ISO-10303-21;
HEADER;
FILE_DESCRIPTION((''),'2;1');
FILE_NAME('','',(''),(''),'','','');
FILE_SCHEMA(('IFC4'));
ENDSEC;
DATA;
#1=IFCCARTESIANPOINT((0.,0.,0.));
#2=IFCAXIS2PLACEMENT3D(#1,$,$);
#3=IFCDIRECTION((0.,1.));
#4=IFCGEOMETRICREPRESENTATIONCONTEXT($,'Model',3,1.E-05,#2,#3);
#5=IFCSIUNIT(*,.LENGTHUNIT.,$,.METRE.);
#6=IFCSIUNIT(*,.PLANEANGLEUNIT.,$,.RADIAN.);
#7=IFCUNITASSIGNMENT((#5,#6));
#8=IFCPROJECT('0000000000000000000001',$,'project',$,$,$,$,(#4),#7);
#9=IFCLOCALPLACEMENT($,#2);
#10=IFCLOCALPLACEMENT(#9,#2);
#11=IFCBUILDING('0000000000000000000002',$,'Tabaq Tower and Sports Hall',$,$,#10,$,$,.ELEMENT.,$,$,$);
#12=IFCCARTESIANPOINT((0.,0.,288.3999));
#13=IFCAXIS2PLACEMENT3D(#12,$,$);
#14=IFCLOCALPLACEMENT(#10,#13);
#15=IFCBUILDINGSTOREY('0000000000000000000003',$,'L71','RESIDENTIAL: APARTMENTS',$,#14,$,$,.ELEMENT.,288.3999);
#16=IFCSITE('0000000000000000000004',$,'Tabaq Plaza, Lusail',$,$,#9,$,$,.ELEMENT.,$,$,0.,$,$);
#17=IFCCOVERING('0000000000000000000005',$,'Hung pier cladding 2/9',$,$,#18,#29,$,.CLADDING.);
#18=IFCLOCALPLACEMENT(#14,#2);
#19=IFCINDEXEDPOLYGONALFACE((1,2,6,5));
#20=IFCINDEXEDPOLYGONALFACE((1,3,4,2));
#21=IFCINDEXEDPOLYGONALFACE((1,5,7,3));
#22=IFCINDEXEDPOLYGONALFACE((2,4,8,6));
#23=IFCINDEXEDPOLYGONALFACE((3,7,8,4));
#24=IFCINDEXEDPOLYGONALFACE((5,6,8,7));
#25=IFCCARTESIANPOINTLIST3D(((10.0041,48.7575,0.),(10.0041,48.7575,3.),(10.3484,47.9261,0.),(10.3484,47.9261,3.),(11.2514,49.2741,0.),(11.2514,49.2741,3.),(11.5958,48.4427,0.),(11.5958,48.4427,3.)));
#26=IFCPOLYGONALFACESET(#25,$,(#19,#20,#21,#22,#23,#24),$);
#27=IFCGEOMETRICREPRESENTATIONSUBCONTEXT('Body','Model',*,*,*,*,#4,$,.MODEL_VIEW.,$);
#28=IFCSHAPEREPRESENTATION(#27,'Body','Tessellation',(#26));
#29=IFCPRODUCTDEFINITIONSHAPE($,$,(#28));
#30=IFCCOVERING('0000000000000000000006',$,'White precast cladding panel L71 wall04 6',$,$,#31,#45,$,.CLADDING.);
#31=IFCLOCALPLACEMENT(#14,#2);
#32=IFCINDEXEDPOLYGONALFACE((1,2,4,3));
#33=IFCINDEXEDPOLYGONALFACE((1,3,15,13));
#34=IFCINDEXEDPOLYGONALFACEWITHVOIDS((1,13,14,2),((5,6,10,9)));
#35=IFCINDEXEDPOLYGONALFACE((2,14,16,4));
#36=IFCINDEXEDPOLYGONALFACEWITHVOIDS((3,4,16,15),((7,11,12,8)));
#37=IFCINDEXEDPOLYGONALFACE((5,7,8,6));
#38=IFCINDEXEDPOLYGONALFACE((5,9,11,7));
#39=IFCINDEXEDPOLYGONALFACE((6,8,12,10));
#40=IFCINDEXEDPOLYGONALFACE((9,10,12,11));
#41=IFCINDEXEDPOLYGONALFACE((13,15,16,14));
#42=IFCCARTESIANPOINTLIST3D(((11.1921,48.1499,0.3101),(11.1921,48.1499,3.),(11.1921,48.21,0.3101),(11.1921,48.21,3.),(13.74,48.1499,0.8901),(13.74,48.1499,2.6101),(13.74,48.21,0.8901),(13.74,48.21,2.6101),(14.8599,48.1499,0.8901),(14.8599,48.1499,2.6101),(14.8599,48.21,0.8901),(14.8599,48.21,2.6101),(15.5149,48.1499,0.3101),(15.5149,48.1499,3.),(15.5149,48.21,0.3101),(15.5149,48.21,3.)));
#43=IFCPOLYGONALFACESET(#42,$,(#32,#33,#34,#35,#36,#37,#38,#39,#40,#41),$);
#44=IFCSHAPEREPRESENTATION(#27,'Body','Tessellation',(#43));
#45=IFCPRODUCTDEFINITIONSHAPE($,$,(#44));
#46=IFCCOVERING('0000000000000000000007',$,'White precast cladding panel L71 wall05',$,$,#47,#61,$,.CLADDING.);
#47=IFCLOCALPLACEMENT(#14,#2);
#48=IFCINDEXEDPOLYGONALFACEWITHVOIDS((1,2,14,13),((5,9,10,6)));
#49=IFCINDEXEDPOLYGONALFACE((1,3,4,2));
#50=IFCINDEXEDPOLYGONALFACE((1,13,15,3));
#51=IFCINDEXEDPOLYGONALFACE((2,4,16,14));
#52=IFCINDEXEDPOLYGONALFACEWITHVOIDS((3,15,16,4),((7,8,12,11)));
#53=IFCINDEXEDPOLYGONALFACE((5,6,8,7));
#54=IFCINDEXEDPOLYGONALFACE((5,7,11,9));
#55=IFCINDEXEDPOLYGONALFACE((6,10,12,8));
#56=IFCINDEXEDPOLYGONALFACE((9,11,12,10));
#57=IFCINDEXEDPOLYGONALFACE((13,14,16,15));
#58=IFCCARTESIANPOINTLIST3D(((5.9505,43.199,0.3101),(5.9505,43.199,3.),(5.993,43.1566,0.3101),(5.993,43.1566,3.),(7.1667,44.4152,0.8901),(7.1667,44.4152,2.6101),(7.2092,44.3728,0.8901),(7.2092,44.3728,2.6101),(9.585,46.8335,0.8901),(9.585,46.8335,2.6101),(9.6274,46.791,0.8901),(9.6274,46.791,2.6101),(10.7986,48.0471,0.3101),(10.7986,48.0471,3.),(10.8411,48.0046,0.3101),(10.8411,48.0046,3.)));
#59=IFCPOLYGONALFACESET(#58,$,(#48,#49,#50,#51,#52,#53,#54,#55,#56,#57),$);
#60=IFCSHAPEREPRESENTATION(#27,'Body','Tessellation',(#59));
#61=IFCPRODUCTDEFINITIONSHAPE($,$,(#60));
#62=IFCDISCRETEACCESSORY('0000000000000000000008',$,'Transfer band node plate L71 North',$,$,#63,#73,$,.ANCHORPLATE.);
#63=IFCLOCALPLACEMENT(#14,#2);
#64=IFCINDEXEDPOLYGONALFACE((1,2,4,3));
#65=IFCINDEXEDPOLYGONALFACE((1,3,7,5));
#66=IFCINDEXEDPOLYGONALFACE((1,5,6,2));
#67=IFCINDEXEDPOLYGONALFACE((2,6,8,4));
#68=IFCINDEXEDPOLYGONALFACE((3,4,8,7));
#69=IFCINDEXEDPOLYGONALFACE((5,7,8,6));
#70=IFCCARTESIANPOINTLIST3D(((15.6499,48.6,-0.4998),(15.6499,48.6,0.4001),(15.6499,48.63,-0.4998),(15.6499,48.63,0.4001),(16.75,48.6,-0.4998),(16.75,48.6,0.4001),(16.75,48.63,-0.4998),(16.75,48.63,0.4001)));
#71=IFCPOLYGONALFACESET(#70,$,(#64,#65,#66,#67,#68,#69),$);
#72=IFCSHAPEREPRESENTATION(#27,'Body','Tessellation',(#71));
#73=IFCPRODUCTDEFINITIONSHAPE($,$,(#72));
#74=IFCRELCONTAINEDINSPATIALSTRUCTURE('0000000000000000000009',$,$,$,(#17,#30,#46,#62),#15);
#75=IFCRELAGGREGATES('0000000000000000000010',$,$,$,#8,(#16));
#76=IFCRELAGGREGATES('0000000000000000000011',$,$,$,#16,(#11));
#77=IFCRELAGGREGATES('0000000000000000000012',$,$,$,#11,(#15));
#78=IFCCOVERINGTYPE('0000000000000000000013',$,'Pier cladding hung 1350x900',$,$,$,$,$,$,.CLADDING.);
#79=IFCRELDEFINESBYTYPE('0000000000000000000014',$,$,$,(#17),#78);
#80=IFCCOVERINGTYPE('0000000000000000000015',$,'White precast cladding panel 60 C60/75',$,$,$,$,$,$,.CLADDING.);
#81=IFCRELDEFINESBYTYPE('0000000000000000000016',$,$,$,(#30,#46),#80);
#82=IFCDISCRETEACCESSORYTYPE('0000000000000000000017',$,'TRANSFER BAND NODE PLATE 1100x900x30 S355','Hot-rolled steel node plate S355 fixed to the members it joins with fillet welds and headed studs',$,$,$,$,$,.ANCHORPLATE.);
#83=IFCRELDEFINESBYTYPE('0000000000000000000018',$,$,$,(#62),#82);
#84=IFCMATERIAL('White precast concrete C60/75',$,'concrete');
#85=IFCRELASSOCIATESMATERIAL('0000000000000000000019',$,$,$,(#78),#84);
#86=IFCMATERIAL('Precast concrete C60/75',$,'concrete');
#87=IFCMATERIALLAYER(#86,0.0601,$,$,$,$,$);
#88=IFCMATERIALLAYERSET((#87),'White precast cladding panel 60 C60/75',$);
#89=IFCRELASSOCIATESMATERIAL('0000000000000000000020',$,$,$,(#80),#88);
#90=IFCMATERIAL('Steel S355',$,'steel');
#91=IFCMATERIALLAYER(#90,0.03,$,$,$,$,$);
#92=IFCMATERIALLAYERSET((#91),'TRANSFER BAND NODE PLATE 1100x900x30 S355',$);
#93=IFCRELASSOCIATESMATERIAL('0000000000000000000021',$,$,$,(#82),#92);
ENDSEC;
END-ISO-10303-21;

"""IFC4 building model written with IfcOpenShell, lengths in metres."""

from ifc_helpers import new_model, si_unit, direction, frame, frame_2d, origin, origin_2d, place, context, subcontext, project, spatial, polyline, rectangle, outline, extrude, material, layer, layer_set, type_object, element, save


model = new_model("IFC4")

# Units and contexts
model_context = context("Model", 3, precision=1e-05, world=origin(), true_north=direction((0.0, 1.0)))
body_context = subcontext(model_context, "Body", "Model", "MODEL_VIEW")
ifc_project = project(units=[si_unit("LENGTHUNIT", "METRE"), si_unit("PLANEANGLEUNIT", "RADIAN")], contexts=[model_context])

# Site, building, storey
site_placement = place(None, origin())
site = spatial("IfcSite", under=ifc_project, at=site_placement, Name="Tabaq Plaza, Lusail", CompositionType="ELEMENT", RefElevation=0.0)
building_placement = place(site_placement, origin())
building = spatial("IfcBuilding", under=site, at=building_placement, Name="Tabaq Tower and Sports Hall", CompositionType="ELEMENT")
storey_placement = place(building_placement, frame((0.0, 0.0, 288.3999)))
storey = spatial("IfcBuildingStorey", under=building, at=storey_placement, Name="L71", Description="RESIDENTIAL: APARTMENTS", CompositionType="ELEMENT", Elevation=288.3999)

# Coverings
ifc_material_1 = material(Name="White precast concrete C60/75", Category="concrete")
covering_type_1 = type_object("IfcCoveringType", Name="Pier cladding hung 1350x900", PredefinedType="CLADDING", material=ifc_material_1)
for number, where, z_axis, x_axis, name in (
    (1, (11.4236, 48.8584, 0.0), (0.0, 0.0, 1.0), (-0.923893, -0.38265, 0.0), "Hung pier cladding 2/9"),
):
    element("IfcCovering", number, at=place(storey_placement, frame(where, z_axis=z_axis, x_axis=x_axis)), inside=storey, type_object=covering_type_1, Name=name, PredefinedType="CLADDING", context=body_context, shape_type="SweptSolid", body=[
        extrude(rectangle(XDim=1.3501, YDim=0.8999, at=frame_2d((0.675, 0.0))), origin(), (0.0, 0.0, 1.0), 3.0),
    ])
ifc_material_2 = material(Name="Precast concrete C60/75", Category="concrete")
ifc_layer_1 = layer(ifc_material_2, 0.0601)
ifc_layer_set_1 = layer_set([ifc_layer_1], Name="White precast cladding panel 60 C60/75")
covering_type_2 = type_object("IfcCoveringType", Name="White precast cladding panel 60 C60/75", PredefinedType="CLADDING", material=ifc_layer_set_1)
covering_1_placement = place(storey_placement, frame((15.5149, 48.1799, 0.3101), z_axis=(0.0, 0.0, 1.0), x_axis=(-1.0, 0.0, 0.0)))
element("IfcCovering", 2, at=covering_1_placement, inside=storey, type_object=covering_type_2, Name="White precast cladding panel L71 wall04 6", PredefinedType="CLADDING", context=body_context, shape_type="SweptSolid", body=[
    extrude(outline(polyline([(0.0, 0.0), (4.3228, 0.0), (4.3228, 2.6899), (0.0, 2.6899), (0.0, 0.0)]), holes=[polyline([(0.655, 0.5801), (0.655, 2.3), (1.7749, 2.3), (1.7749, 0.5801), (0.655, 0.5801)])]), frame((0.0, 0.03, 0.0), z_axis=(0.0, -1.0, 0.0), x_axis=(1.0, 0.0, 0.0)), (0.0, 0.0, 1.0), 0.0601),
])
covering_2_placement = place(storey_placement, frame((10.8198, 48.0259, 0.3101), z_axis=(0.0, 0.0, 1.0), x_axis=(-0.707107, -0.707107, 0.0)))
element("IfcCovering", 3, at=covering_2_placement, inside=storey, type_object=covering_type_2, Name="White precast cladding panel L71 wall05", PredefinedType="CLADDING", context=body_context, shape_type="SweptSolid", body=[
    extrude(outline(polyline([(0.0, 0.0), (6.8562, 0.0), (6.8562, 2.6899), (0.0, 2.6899), (0.0, 0.0)]), holes=[polyline([(1.7163, 0.5801), (1.7163, 2.3), (5.1362, 2.3), (5.1362, 0.5801), (1.7163, 0.5801)])]), frame((0.0, 0.03, 0.0), z_axis=(0.0, -1.0, 0.0), x_axis=(1.0, 0.0, 0.0)), (0.0, 0.0, 1.0), 0.0601),
])

# Discrete accessory
ifc_material_3 = material(Name="Steel S355", Category="steel")
ifc_layer_2 = layer(ifc_material_3, 0.03)
ifc_layer_set_2 = layer_set([ifc_layer_2], Name="TRANSFER BAND NODE PLATE 1100x900x30 S355")
discrete_accessory_type = type_object("IfcDiscreteAccessoryType", Name="TRANSFER BAND NODE PLATE 1100x900x30 S355", Description="Hot-rolled steel node plate S355 fixed to the members it joins with fillet welds and headed studs", PredefinedType="ANCHORPLATE", material=ifc_layer_set_2)
discrete_accessory_placement = place(storey_placement, frame((16.2, 48.615, -0.4998), z_axis=(0.0, 0.0, 1.0), x_axis=(-1.0, 0.0, 0.0)))
element("IfcDiscreteAccessory", 4, at=discrete_accessory_placement, inside=storey, type_object=discrete_accessory_type, Name="Transfer band node plate L71 North", PredefinedType="ANCHORPLATE", context=body_context, shape_type="SweptSolid", body=[
    extrude(rectangle(XDim=1.1001, YDim=0.03, at=origin_2d()), origin(), (0.0, 0.0, 1.0), 0.8999),
])

save(model, "model.ifc")
